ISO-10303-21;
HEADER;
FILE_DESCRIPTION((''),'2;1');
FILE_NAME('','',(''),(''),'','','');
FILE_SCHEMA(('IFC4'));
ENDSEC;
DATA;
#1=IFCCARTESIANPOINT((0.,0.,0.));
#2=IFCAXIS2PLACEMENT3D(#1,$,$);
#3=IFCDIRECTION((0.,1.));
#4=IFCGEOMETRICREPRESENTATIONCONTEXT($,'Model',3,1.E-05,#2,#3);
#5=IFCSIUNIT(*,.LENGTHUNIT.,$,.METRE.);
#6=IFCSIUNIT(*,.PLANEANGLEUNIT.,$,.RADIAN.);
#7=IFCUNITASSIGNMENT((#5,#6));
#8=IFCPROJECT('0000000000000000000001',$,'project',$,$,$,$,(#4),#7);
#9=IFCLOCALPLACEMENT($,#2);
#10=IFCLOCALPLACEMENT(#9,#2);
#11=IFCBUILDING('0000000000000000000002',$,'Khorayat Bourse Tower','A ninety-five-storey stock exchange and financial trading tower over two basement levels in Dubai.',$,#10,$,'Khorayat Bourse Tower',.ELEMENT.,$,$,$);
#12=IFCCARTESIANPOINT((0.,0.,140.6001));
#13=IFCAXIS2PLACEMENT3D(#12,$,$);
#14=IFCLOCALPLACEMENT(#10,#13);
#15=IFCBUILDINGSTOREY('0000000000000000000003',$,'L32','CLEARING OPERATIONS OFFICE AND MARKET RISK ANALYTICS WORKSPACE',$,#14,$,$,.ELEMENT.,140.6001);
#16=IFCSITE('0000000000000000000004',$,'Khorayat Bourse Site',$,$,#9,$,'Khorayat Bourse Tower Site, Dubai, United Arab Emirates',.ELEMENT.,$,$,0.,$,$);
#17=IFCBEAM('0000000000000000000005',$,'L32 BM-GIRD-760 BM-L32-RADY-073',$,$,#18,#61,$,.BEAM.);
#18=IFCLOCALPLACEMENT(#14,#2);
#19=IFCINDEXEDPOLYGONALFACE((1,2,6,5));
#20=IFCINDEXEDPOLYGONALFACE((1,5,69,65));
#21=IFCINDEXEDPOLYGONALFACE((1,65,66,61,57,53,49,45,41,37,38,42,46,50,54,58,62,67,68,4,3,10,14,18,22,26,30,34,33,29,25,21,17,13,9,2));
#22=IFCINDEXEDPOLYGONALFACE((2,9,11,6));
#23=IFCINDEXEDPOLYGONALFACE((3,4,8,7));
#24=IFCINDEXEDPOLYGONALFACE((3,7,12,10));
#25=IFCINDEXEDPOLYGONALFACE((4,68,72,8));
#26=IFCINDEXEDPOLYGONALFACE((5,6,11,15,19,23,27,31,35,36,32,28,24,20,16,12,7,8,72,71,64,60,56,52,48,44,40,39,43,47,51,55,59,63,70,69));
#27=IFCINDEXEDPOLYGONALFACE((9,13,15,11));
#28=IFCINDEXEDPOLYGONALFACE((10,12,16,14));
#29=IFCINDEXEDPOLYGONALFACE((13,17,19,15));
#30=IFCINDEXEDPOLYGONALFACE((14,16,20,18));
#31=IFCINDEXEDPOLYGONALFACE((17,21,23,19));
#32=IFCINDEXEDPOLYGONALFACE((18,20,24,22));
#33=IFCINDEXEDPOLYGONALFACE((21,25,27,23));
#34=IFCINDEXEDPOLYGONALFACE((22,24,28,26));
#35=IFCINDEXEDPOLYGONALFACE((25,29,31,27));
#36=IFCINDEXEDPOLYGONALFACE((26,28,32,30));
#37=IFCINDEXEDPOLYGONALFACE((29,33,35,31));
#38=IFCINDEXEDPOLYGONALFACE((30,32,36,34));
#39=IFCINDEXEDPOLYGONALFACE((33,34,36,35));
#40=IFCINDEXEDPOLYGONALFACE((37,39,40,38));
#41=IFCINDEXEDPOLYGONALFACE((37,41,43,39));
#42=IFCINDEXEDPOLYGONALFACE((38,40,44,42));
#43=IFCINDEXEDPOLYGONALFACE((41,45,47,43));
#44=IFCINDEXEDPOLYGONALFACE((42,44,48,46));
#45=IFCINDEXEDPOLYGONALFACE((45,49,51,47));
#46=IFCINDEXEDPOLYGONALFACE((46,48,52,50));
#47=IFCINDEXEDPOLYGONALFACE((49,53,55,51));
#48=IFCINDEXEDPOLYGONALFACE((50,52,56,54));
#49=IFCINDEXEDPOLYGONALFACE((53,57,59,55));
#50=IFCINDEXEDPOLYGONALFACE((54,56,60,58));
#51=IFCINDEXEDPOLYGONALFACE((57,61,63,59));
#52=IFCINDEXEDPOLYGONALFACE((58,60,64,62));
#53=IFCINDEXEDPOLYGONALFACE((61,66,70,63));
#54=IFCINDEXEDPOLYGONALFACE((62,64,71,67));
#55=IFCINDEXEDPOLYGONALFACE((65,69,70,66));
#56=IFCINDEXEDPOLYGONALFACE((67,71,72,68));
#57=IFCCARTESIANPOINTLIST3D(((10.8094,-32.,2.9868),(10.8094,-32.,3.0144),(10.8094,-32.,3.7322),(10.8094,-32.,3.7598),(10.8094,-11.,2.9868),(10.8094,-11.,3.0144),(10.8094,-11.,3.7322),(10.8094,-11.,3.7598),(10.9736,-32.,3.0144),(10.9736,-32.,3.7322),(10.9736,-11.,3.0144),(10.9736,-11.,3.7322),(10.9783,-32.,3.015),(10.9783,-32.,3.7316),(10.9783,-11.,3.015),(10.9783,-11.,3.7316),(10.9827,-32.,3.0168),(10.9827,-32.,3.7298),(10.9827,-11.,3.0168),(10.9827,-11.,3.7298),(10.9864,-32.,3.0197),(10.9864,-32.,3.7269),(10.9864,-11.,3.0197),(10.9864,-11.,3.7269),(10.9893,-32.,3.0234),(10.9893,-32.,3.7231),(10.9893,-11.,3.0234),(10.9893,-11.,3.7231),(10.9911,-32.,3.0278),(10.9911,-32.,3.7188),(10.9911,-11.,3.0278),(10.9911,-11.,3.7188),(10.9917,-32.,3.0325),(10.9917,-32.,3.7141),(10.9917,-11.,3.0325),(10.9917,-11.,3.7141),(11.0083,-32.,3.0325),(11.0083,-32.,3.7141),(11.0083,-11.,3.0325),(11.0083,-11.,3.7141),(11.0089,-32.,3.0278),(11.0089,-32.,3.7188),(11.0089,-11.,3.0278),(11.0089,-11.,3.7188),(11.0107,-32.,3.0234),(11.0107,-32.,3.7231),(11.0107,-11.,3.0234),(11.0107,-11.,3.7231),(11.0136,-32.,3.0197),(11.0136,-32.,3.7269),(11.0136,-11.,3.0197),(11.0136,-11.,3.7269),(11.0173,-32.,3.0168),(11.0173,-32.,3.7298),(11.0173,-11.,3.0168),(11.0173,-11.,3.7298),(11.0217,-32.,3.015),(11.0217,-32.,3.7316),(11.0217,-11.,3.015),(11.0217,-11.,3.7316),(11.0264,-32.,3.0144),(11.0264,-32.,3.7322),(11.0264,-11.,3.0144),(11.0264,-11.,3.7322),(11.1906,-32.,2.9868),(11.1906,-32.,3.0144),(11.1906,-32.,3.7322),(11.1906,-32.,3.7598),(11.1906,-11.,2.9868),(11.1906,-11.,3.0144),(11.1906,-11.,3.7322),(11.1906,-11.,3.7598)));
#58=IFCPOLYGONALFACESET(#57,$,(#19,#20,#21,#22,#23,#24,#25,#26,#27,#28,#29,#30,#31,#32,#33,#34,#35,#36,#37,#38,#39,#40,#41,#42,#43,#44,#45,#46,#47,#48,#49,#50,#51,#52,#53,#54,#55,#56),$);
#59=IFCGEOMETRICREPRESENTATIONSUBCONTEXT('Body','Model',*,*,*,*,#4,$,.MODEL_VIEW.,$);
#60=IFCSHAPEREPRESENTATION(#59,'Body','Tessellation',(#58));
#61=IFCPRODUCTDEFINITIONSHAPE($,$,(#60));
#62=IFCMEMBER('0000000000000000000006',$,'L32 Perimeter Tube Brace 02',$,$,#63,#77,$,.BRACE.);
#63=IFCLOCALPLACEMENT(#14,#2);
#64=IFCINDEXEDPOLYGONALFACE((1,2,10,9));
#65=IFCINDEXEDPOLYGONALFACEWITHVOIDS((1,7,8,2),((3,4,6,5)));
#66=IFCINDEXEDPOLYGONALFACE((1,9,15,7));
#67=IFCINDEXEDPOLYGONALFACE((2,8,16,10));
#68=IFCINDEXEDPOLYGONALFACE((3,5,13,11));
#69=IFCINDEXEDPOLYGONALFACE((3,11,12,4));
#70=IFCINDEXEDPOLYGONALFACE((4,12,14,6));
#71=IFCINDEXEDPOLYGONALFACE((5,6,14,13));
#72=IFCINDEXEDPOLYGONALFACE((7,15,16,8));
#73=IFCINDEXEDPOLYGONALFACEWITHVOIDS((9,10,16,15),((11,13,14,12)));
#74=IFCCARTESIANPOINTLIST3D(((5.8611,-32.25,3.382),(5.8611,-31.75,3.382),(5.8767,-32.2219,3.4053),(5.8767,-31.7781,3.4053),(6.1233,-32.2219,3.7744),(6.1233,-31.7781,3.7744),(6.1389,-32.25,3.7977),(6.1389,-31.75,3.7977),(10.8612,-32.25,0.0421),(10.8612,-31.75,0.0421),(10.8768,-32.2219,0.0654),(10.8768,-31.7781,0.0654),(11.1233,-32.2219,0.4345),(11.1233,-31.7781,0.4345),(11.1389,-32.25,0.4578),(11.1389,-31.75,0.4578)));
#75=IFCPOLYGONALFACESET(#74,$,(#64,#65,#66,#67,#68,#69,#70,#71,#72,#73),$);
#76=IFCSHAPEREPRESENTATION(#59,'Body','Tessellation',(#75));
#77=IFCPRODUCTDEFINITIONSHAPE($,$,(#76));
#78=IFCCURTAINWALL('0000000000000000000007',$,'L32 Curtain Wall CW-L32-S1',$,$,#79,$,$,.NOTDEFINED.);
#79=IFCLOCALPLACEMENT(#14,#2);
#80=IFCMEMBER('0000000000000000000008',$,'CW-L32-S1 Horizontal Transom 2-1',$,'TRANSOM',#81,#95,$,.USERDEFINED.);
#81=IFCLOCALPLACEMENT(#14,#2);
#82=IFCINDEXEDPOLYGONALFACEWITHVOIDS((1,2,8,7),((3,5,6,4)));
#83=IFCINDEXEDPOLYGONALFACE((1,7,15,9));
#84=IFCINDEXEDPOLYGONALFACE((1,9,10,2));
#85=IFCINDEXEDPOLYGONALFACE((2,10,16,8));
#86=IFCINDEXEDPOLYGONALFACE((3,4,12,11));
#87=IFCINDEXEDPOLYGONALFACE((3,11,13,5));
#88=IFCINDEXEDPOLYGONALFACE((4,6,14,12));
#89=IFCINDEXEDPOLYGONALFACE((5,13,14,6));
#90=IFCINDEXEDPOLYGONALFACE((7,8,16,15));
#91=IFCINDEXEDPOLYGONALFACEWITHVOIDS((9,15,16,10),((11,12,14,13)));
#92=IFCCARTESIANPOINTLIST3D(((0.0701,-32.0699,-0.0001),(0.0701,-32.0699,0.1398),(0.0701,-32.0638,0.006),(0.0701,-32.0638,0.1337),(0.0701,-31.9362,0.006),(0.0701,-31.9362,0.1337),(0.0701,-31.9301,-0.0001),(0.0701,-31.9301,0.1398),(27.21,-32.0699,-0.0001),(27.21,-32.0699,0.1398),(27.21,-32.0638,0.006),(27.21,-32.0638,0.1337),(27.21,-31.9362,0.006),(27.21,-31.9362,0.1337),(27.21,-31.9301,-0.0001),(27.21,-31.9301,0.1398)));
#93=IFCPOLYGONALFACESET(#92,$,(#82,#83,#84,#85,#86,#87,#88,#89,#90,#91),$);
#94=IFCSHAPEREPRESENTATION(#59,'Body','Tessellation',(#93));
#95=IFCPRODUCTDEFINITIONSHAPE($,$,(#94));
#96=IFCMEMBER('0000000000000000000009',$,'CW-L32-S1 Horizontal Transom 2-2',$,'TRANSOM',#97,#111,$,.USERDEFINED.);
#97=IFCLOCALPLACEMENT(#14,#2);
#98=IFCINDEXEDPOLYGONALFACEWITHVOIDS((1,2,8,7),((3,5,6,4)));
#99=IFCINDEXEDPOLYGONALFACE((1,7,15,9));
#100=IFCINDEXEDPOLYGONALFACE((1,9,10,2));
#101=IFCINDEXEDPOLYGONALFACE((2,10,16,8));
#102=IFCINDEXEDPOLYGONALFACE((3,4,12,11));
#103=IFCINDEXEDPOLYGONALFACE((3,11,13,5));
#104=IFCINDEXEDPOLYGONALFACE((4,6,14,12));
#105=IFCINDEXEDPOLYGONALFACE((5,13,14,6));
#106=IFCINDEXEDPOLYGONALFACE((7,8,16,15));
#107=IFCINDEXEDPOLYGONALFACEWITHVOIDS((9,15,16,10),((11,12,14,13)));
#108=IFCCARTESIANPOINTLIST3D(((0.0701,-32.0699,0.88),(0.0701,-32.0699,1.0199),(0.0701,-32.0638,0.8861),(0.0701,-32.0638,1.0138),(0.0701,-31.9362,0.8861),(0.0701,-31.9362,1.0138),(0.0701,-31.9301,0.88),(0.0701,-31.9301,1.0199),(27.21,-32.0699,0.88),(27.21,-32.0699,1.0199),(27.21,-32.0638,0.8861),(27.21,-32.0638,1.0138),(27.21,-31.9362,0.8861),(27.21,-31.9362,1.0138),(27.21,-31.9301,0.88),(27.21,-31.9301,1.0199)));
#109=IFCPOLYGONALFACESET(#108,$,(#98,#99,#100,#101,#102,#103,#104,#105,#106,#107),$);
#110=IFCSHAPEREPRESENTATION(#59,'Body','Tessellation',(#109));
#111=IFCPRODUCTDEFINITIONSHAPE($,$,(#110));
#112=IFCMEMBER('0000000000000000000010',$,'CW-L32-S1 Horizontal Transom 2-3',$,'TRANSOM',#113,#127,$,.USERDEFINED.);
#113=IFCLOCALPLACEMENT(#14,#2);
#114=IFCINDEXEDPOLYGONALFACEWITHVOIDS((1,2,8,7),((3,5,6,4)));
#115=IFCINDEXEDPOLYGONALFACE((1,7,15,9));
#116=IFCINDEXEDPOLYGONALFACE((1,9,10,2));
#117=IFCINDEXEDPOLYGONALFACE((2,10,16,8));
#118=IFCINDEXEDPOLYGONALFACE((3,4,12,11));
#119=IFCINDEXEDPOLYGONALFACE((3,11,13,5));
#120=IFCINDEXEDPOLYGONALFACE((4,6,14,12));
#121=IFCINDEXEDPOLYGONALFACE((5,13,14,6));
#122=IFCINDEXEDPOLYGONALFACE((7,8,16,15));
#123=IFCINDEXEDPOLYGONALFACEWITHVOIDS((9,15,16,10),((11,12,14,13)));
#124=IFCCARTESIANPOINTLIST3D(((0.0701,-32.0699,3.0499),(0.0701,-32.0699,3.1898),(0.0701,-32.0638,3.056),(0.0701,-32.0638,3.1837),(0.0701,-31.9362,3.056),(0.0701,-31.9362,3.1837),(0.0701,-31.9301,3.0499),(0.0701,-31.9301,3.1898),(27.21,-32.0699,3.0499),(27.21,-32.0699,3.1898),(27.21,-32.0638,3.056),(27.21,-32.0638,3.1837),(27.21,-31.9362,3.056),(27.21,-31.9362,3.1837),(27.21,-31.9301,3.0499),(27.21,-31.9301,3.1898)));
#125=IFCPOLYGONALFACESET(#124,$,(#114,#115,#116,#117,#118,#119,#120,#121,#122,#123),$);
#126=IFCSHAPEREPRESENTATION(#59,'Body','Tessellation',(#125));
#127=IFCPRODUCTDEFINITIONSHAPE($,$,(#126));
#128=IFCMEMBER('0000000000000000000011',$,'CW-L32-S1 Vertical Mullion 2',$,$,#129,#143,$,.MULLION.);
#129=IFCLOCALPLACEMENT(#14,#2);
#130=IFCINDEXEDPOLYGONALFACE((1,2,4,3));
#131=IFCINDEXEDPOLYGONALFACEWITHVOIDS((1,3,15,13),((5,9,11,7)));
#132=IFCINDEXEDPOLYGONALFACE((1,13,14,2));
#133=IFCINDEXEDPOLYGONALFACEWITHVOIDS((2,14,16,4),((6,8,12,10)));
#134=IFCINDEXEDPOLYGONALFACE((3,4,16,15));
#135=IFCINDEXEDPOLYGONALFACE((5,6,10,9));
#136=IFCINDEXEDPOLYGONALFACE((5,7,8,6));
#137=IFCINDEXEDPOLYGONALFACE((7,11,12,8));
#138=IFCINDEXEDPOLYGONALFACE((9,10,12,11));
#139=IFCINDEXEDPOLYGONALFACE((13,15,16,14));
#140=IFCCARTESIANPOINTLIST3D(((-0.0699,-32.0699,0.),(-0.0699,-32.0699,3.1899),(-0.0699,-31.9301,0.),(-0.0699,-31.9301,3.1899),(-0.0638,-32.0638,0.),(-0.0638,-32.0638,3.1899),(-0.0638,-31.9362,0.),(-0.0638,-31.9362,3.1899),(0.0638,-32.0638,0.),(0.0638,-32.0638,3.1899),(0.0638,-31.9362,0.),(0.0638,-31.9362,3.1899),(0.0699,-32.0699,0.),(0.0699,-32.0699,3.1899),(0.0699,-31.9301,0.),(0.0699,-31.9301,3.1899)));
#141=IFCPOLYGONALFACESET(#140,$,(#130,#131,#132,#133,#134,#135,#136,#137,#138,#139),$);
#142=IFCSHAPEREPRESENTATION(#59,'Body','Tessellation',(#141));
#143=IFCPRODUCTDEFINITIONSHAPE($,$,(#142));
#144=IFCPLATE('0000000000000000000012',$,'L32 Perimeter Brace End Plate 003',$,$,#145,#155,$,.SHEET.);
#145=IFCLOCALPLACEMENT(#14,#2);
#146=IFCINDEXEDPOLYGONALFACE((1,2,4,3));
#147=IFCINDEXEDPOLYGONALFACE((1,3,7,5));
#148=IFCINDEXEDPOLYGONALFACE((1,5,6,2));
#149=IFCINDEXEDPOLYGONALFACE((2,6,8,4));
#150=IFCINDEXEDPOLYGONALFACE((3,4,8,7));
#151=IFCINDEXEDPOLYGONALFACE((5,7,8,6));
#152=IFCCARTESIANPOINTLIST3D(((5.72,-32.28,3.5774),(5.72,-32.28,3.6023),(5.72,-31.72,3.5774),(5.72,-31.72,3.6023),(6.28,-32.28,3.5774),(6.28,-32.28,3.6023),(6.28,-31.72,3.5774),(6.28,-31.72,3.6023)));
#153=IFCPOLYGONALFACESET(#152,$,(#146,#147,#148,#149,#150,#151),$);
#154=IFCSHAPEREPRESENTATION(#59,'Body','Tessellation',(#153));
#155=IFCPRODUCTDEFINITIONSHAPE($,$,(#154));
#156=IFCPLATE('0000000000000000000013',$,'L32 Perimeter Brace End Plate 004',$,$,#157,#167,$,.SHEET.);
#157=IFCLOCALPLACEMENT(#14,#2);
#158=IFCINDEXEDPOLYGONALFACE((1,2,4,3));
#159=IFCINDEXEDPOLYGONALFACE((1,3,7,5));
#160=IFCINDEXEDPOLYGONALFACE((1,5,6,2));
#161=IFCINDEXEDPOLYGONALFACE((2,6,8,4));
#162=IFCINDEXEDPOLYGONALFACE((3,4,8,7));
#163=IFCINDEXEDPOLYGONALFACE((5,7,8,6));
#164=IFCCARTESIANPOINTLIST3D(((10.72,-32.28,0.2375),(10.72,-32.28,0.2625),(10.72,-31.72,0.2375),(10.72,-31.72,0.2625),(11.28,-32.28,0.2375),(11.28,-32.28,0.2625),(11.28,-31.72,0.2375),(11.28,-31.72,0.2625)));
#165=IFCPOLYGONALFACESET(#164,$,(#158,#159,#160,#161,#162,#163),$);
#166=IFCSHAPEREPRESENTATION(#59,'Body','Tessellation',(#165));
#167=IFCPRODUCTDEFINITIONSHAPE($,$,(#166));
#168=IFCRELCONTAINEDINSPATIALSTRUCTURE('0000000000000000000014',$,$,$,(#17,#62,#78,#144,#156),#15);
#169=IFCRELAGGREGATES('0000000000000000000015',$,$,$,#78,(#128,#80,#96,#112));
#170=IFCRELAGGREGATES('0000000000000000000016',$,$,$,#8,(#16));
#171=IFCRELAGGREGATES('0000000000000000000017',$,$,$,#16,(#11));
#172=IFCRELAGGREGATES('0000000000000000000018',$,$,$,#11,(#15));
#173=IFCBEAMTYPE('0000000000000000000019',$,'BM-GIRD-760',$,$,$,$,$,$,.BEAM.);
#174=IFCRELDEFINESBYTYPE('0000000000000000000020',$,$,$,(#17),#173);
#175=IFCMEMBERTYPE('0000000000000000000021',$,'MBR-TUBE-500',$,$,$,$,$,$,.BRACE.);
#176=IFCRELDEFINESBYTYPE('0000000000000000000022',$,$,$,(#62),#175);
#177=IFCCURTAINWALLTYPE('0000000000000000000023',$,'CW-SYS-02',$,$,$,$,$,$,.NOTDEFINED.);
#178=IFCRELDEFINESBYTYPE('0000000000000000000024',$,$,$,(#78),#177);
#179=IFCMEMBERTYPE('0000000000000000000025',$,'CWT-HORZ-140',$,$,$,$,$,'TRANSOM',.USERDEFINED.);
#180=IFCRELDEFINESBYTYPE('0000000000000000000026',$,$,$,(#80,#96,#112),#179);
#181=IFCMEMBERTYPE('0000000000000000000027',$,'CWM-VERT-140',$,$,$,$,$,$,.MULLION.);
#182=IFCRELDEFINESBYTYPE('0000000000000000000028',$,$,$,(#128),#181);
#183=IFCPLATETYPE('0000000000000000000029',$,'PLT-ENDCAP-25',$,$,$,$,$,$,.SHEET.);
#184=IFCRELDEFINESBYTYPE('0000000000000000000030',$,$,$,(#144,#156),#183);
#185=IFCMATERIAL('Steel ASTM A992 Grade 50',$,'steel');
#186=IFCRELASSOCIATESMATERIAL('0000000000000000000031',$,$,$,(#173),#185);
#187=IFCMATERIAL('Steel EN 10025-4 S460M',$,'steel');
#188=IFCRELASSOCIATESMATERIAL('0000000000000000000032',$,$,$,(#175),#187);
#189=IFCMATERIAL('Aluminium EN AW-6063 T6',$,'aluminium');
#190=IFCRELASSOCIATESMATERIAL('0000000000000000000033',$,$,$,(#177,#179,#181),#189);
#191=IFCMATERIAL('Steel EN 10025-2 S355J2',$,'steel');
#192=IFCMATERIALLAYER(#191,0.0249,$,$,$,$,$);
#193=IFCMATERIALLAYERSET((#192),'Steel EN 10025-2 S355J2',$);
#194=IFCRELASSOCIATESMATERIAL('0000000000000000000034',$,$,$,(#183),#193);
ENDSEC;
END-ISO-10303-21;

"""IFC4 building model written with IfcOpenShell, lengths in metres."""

from ifc_helpers import new_model, si_unit, direction, frame, origin, origin_2d, place, context, subcontext, project, spatial, rectangle, hollow_rectangle, i_section, extrude, source, transform, mapped, material, layer, layer_set, material_profile, profile_set, type_object, element, aggregate, save


model = new_model("IFC4")

# Units and contexts
model_context = context("Model", 3, precision=1e-05, world=origin(), true_north=direction((0.0, 1.0)))
body_context = subcontext(model_context, "Body", "Model", "MODEL_VIEW")
ifc_project = project(units=[si_unit("LENGTHUNIT", "METRE"), si_unit("PLANEANGLEUNIT", "RADIAN")], contexts=[model_context])

# Site, building, storey
site_placement = place(None, origin())
site = spatial("IfcSite", under=ifc_project, at=site_placement, Name="Khorayat Bourse Site", LongName="Khorayat Bourse Tower Site, Dubai, United Arab Emirates", CompositionType="ELEMENT", RefElevation=0.0)
building_placement = place(site_placement, origin())
building = spatial("IfcBuilding", under=site, at=building_placement, Name="Khorayat Bourse Tower", Description="A ninety-five-storey stock exchange and financial trading tower over two basement levels in Dubai.", LongName="Khorayat Bourse Tower", CompositionType="ELEMENT")
storey_placement = place(building_placement, frame((0.0, 0.0, 140.6001)))
storey = spatial("IfcBuildingStorey", under=building, at=storey_placement, Name="L32", Description="CLEARING OPERATIONS OFFICE AND MARKET RISK ANALYTICS WORKSPACE", CompositionType="ELEMENT", Elevation=140.6001)

# Shared definitions
ifc_material_1 = material(Name="Steel EN 10025-4 S460M", Category="steel")

# Beam
ifc_material_2 = material(Name="Steel ASTM A992 Grade 50", Category="steel")
ifc_material_profile_1 = material_profile(ifc_material_2, i_section(OverallWidth=0.3811, OverallDepth=0.7729, WebThickness=0.0166, FlangeThickness=0.0276, FilletRadius=0.0181, at=origin_2d()), Name="W760X257")
ifc_profile_set_1 = profile_set([ifc_material_profile_1], Name="Steel ASTM A992 Grade 50")
beam_type_1 = type_object("IfcBeamType", Name="BM-GIRD-760", PredefinedType="BEAM", material=ifc_profile_set_1)
shared_shape_1 = source(origin(), body_context, "Body", "SweptSolid", [
    extrude(i_section(OverallWidth=0.3811, OverallDepth=0.7729, WebThickness=0.0166, FlangeThickness=0.0276, FilletRadius=0.0181, at=origin_2d()), origin(), (0.0, 0.0, 1.0), 21.0),
])
for number, where, z_axis, x_axis, name in (
    (1, (11.0, -32.0, 3.3733), (0.0, 1.0, 0.0), (-1.0, 0.0, 0.0), "L32 BM-GIRD-760 BM-L32-RADY-073"),
):
    element("IfcBeam", number, at=place(storey_placement, frame(where, z_axis=z_axis, x_axis=x_axis)), inside=storey, type_object=beam_type_1, Name=name, PredefinedType="BEAM", context=body_context, shape_type="MappedRepresentation", body=[
        mapped(shared_shape_1, transform((0.0, 0.0, 0.0), scale=1.0)),
    ])

# Member
ifc_material_profile_2 = material_profile(ifc_material_1, hollow_rectangle(XDim=0.5, YDim=0.5, WallThickness=0.0281, at=origin_2d()), Name="HSS 500x500x28")
ifc_profile_set_2 = profile_set([ifc_material_profile_2], Name="Steel EN 10025-4 S460M")
member_type_1 = type_object("IfcMemberType", Name="MBR-TUBE-500", PredefinedType="BRACE", material=ifc_profile_set_2)
shared_shape_2 = source(origin(), body_context, "Body", "SweptSolid", [
    extrude(hollow_rectangle(XDim=0.5, YDim=0.5, WallThickness=0.0281, at=origin_2d()), origin(), (0.0, 0.0, 1.0), 6.0129),
])
member_1_placement = place(storey_placement, frame((6.0, -32.0, 3.5898), z_axis=(0.83155, 0.0, -0.55545), x_axis=(0.0, 1.0, 0.0)))
element("IfcMember", 2, at=member_1_placement, inside=storey, type_object=member_type_1, Name="L32 Perimeter Tube Brace 02", PredefinedType="BRACE", context=body_context, shape_type="MappedRepresentation", body=[
    mapped(shared_shape_2, transform((0.0, 0.0, 0.0), scale=1.0)),
])

# Curtain wall, members
ifc_material_3 = material(Name="Aluminium EN AW-6063 T6", Category="aluminium")
curtain_wall_type = type_object("IfcCurtainWallType", Name="CW-SYS-02", PredefinedType="NOTDEFINED", material=ifc_material_3)
curtain_wall_placement = place(storey_placement, origin())
curtain_wall = element("IfcCurtainWall", 3, at=curtain_wall_placement, inside=storey, type_object=curtain_wall_type, Name="L32 Curtain Wall CW-L32-S1", PredefinedType="NOTDEFINED")
ifc_material_profile_3 = material_profile(ifc_material_3, hollow_rectangle(XDim=0.1399, YDim=0.1399, WallThickness=0.0061, at=origin_2d()), Name="ALU 140x140x6")
ifc_profile_set_3 = profile_set([ifc_material_profile_3], Name="Aluminium EN AW-6063 T6")
member_type_2 = type_object("IfcMemberType", Name="CWT-HORZ-140", ElementType="TRANSOM", PredefinedType="USERDEFINED", material=ifc_profile_set_3)
shared_shape_3 = source(origin(), body_context, "Body", "SweptSolid", [
    extrude(hollow_rectangle(XDim=0.1399, YDim=0.1399, WallThickness=0.0061, at=origin_2d()), origin(), (0.0, 0.0, 1.0), 27.1399),
])
member_2_placement = place(storey_placement, frame((0.0701, -32.0, 0.0698), z_axis=(1.0, 0.0, 0.0), x_axis=(0.0, 1.0, 0.0)))
member_2 = element("IfcMember", 4, at=member_2_placement, type_object=member_type_2, Name="CW-L32-S1 Horizontal Transom 2-1", ObjectType="TRANSOM", PredefinedType="USERDEFINED", context=body_context, shape_type="MappedRepresentation", body=[
    mapped(shared_shape_3, transform((0.0, 0.0, 0.0), scale=1.0)),
])
member_3_placement = place(storey_placement, frame((0.0701, -32.0, 0.95), z_axis=(1.0, 0.0, 0.0), x_axis=(0.0, 1.0, 0.0)))
member_3 = element("IfcMember", 5, at=member_3_placement, type_object=member_type_2, Name="CW-L32-S1 Horizontal Transom 2-2", ObjectType="TRANSOM", PredefinedType="USERDEFINED", context=body_context, shape_type="MappedRepresentation", body=[
    mapped(shared_shape_3, transform((0.0, 0.0, 0.0), scale=1.0)),
])
member_4_placement = place(storey_placement, frame((0.0701, -32.0, 3.1199), z_axis=(1.0, 0.0, 0.0), x_axis=(0.0, 1.0, 0.0)))
member_4 = element("IfcMember", 6, at=member_4_placement, type_object=member_type_2, Name="CW-L32-S1 Horizontal Transom 2-3", ObjectType="TRANSOM", PredefinedType="USERDEFINED", context=body_context, shape_type="MappedRepresentation", body=[
    mapped(shared_shape_3, transform((0.0, 0.0, 0.0), scale=1.0)),
])
ifc_material_profile_4 = material_profile(ifc_material_3, hollow_rectangle(XDim=0.1399, YDim=0.1399, WallThickness=0.0061, at=origin_2d()), Name="ALU 140x140x6")
ifc_profile_set_4 = profile_set([ifc_material_profile_4], Name="Aluminium EN AW-6063 T6")
member_type_3 = type_object("IfcMemberType", Name="CWM-VERT-140", PredefinedType="MULLION", material=ifc_profile_set_4)
shared_shape_4 = source(origin(), body_context, "Body", "SweptSolid", [
    extrude(hollow_rectangle(XDim=0.1399, YDim=0.1399, WallThickness=0.0061, at=origin_2d()), origin(), (0.0, 0.0, 1.0), 3.1899),
])
member_5_placement = place(storey_placement, frame((0.0, -32.0, 0.0), z_axis=(0.0, 0.0, 1.0), x_axis=(0.0, 1.0, 0.0)))
member_5 = element("IfcMember", 7, at=member_5_placement, type_object=member_type_3, Name="CW-L32-S1 Vertical Mullion 2", PredefinedType="MULLION", context=body_context, shape_type="MappedRepresentation", body=[
    mapped(shared_shape_4, transform((0.0, 0.0, 0.0), scale=1.0)),
])
aggregate(curtain_wall, [member_5, member_2, member_3, member_4])

# Plates
ifc_material_4 = material(Name="Steel EN 10025-2 S355J2", Category="steel")
ifc_layer_1 = layer(ifc_material_4, 0.0249)
ifc_layer_set_1 = layer_set([ifc_layer_1], Name="Steel EN 10025-2 S355J2")
plate_type = type_object("IfcPlateType", Name="PLT-ENDCAP-25", PredefinedType="SHEET", material=ifc_layer_set_1)
shared_shape_5 = source(origin(), body_context, "Body", "SweptSolid", [
    extrude(rectangle(XDim=0.5601, YDim=0.5601, at=origin_2d()), origin(), (0.0, 0.0, 1.0), 0.0249),
])
for number, where, z_axis, x_axis, name in (
    (8, (6.0, -32.0, 3.5774), (0.0, 0.0, 1.0), (1.0, 0.0, 0.0), "L32 Perimeter Brace End Plate 003"),
    (9, (11.0, -32.0, 0.2375), (0.0, 0.0, 1.0), (1.0, 0.0, 0.0), "L32 Perimeter Brace End Plate 004"),
):
    element("IfcPlate", number, at=place(storey_placement, frame(where, z_axis=z_axis, x_axis=x_axis)), inside=storey, type_object=plate_type, Name=name, PredefinedType="SHEET", context=body_context, shape_type="MappedRepresentation", body=[
        mapped(shared_shape_5, transform((0.0, 0.0, 0.0), scale=1.0)),
    ])

save(model, "model.ifc")
